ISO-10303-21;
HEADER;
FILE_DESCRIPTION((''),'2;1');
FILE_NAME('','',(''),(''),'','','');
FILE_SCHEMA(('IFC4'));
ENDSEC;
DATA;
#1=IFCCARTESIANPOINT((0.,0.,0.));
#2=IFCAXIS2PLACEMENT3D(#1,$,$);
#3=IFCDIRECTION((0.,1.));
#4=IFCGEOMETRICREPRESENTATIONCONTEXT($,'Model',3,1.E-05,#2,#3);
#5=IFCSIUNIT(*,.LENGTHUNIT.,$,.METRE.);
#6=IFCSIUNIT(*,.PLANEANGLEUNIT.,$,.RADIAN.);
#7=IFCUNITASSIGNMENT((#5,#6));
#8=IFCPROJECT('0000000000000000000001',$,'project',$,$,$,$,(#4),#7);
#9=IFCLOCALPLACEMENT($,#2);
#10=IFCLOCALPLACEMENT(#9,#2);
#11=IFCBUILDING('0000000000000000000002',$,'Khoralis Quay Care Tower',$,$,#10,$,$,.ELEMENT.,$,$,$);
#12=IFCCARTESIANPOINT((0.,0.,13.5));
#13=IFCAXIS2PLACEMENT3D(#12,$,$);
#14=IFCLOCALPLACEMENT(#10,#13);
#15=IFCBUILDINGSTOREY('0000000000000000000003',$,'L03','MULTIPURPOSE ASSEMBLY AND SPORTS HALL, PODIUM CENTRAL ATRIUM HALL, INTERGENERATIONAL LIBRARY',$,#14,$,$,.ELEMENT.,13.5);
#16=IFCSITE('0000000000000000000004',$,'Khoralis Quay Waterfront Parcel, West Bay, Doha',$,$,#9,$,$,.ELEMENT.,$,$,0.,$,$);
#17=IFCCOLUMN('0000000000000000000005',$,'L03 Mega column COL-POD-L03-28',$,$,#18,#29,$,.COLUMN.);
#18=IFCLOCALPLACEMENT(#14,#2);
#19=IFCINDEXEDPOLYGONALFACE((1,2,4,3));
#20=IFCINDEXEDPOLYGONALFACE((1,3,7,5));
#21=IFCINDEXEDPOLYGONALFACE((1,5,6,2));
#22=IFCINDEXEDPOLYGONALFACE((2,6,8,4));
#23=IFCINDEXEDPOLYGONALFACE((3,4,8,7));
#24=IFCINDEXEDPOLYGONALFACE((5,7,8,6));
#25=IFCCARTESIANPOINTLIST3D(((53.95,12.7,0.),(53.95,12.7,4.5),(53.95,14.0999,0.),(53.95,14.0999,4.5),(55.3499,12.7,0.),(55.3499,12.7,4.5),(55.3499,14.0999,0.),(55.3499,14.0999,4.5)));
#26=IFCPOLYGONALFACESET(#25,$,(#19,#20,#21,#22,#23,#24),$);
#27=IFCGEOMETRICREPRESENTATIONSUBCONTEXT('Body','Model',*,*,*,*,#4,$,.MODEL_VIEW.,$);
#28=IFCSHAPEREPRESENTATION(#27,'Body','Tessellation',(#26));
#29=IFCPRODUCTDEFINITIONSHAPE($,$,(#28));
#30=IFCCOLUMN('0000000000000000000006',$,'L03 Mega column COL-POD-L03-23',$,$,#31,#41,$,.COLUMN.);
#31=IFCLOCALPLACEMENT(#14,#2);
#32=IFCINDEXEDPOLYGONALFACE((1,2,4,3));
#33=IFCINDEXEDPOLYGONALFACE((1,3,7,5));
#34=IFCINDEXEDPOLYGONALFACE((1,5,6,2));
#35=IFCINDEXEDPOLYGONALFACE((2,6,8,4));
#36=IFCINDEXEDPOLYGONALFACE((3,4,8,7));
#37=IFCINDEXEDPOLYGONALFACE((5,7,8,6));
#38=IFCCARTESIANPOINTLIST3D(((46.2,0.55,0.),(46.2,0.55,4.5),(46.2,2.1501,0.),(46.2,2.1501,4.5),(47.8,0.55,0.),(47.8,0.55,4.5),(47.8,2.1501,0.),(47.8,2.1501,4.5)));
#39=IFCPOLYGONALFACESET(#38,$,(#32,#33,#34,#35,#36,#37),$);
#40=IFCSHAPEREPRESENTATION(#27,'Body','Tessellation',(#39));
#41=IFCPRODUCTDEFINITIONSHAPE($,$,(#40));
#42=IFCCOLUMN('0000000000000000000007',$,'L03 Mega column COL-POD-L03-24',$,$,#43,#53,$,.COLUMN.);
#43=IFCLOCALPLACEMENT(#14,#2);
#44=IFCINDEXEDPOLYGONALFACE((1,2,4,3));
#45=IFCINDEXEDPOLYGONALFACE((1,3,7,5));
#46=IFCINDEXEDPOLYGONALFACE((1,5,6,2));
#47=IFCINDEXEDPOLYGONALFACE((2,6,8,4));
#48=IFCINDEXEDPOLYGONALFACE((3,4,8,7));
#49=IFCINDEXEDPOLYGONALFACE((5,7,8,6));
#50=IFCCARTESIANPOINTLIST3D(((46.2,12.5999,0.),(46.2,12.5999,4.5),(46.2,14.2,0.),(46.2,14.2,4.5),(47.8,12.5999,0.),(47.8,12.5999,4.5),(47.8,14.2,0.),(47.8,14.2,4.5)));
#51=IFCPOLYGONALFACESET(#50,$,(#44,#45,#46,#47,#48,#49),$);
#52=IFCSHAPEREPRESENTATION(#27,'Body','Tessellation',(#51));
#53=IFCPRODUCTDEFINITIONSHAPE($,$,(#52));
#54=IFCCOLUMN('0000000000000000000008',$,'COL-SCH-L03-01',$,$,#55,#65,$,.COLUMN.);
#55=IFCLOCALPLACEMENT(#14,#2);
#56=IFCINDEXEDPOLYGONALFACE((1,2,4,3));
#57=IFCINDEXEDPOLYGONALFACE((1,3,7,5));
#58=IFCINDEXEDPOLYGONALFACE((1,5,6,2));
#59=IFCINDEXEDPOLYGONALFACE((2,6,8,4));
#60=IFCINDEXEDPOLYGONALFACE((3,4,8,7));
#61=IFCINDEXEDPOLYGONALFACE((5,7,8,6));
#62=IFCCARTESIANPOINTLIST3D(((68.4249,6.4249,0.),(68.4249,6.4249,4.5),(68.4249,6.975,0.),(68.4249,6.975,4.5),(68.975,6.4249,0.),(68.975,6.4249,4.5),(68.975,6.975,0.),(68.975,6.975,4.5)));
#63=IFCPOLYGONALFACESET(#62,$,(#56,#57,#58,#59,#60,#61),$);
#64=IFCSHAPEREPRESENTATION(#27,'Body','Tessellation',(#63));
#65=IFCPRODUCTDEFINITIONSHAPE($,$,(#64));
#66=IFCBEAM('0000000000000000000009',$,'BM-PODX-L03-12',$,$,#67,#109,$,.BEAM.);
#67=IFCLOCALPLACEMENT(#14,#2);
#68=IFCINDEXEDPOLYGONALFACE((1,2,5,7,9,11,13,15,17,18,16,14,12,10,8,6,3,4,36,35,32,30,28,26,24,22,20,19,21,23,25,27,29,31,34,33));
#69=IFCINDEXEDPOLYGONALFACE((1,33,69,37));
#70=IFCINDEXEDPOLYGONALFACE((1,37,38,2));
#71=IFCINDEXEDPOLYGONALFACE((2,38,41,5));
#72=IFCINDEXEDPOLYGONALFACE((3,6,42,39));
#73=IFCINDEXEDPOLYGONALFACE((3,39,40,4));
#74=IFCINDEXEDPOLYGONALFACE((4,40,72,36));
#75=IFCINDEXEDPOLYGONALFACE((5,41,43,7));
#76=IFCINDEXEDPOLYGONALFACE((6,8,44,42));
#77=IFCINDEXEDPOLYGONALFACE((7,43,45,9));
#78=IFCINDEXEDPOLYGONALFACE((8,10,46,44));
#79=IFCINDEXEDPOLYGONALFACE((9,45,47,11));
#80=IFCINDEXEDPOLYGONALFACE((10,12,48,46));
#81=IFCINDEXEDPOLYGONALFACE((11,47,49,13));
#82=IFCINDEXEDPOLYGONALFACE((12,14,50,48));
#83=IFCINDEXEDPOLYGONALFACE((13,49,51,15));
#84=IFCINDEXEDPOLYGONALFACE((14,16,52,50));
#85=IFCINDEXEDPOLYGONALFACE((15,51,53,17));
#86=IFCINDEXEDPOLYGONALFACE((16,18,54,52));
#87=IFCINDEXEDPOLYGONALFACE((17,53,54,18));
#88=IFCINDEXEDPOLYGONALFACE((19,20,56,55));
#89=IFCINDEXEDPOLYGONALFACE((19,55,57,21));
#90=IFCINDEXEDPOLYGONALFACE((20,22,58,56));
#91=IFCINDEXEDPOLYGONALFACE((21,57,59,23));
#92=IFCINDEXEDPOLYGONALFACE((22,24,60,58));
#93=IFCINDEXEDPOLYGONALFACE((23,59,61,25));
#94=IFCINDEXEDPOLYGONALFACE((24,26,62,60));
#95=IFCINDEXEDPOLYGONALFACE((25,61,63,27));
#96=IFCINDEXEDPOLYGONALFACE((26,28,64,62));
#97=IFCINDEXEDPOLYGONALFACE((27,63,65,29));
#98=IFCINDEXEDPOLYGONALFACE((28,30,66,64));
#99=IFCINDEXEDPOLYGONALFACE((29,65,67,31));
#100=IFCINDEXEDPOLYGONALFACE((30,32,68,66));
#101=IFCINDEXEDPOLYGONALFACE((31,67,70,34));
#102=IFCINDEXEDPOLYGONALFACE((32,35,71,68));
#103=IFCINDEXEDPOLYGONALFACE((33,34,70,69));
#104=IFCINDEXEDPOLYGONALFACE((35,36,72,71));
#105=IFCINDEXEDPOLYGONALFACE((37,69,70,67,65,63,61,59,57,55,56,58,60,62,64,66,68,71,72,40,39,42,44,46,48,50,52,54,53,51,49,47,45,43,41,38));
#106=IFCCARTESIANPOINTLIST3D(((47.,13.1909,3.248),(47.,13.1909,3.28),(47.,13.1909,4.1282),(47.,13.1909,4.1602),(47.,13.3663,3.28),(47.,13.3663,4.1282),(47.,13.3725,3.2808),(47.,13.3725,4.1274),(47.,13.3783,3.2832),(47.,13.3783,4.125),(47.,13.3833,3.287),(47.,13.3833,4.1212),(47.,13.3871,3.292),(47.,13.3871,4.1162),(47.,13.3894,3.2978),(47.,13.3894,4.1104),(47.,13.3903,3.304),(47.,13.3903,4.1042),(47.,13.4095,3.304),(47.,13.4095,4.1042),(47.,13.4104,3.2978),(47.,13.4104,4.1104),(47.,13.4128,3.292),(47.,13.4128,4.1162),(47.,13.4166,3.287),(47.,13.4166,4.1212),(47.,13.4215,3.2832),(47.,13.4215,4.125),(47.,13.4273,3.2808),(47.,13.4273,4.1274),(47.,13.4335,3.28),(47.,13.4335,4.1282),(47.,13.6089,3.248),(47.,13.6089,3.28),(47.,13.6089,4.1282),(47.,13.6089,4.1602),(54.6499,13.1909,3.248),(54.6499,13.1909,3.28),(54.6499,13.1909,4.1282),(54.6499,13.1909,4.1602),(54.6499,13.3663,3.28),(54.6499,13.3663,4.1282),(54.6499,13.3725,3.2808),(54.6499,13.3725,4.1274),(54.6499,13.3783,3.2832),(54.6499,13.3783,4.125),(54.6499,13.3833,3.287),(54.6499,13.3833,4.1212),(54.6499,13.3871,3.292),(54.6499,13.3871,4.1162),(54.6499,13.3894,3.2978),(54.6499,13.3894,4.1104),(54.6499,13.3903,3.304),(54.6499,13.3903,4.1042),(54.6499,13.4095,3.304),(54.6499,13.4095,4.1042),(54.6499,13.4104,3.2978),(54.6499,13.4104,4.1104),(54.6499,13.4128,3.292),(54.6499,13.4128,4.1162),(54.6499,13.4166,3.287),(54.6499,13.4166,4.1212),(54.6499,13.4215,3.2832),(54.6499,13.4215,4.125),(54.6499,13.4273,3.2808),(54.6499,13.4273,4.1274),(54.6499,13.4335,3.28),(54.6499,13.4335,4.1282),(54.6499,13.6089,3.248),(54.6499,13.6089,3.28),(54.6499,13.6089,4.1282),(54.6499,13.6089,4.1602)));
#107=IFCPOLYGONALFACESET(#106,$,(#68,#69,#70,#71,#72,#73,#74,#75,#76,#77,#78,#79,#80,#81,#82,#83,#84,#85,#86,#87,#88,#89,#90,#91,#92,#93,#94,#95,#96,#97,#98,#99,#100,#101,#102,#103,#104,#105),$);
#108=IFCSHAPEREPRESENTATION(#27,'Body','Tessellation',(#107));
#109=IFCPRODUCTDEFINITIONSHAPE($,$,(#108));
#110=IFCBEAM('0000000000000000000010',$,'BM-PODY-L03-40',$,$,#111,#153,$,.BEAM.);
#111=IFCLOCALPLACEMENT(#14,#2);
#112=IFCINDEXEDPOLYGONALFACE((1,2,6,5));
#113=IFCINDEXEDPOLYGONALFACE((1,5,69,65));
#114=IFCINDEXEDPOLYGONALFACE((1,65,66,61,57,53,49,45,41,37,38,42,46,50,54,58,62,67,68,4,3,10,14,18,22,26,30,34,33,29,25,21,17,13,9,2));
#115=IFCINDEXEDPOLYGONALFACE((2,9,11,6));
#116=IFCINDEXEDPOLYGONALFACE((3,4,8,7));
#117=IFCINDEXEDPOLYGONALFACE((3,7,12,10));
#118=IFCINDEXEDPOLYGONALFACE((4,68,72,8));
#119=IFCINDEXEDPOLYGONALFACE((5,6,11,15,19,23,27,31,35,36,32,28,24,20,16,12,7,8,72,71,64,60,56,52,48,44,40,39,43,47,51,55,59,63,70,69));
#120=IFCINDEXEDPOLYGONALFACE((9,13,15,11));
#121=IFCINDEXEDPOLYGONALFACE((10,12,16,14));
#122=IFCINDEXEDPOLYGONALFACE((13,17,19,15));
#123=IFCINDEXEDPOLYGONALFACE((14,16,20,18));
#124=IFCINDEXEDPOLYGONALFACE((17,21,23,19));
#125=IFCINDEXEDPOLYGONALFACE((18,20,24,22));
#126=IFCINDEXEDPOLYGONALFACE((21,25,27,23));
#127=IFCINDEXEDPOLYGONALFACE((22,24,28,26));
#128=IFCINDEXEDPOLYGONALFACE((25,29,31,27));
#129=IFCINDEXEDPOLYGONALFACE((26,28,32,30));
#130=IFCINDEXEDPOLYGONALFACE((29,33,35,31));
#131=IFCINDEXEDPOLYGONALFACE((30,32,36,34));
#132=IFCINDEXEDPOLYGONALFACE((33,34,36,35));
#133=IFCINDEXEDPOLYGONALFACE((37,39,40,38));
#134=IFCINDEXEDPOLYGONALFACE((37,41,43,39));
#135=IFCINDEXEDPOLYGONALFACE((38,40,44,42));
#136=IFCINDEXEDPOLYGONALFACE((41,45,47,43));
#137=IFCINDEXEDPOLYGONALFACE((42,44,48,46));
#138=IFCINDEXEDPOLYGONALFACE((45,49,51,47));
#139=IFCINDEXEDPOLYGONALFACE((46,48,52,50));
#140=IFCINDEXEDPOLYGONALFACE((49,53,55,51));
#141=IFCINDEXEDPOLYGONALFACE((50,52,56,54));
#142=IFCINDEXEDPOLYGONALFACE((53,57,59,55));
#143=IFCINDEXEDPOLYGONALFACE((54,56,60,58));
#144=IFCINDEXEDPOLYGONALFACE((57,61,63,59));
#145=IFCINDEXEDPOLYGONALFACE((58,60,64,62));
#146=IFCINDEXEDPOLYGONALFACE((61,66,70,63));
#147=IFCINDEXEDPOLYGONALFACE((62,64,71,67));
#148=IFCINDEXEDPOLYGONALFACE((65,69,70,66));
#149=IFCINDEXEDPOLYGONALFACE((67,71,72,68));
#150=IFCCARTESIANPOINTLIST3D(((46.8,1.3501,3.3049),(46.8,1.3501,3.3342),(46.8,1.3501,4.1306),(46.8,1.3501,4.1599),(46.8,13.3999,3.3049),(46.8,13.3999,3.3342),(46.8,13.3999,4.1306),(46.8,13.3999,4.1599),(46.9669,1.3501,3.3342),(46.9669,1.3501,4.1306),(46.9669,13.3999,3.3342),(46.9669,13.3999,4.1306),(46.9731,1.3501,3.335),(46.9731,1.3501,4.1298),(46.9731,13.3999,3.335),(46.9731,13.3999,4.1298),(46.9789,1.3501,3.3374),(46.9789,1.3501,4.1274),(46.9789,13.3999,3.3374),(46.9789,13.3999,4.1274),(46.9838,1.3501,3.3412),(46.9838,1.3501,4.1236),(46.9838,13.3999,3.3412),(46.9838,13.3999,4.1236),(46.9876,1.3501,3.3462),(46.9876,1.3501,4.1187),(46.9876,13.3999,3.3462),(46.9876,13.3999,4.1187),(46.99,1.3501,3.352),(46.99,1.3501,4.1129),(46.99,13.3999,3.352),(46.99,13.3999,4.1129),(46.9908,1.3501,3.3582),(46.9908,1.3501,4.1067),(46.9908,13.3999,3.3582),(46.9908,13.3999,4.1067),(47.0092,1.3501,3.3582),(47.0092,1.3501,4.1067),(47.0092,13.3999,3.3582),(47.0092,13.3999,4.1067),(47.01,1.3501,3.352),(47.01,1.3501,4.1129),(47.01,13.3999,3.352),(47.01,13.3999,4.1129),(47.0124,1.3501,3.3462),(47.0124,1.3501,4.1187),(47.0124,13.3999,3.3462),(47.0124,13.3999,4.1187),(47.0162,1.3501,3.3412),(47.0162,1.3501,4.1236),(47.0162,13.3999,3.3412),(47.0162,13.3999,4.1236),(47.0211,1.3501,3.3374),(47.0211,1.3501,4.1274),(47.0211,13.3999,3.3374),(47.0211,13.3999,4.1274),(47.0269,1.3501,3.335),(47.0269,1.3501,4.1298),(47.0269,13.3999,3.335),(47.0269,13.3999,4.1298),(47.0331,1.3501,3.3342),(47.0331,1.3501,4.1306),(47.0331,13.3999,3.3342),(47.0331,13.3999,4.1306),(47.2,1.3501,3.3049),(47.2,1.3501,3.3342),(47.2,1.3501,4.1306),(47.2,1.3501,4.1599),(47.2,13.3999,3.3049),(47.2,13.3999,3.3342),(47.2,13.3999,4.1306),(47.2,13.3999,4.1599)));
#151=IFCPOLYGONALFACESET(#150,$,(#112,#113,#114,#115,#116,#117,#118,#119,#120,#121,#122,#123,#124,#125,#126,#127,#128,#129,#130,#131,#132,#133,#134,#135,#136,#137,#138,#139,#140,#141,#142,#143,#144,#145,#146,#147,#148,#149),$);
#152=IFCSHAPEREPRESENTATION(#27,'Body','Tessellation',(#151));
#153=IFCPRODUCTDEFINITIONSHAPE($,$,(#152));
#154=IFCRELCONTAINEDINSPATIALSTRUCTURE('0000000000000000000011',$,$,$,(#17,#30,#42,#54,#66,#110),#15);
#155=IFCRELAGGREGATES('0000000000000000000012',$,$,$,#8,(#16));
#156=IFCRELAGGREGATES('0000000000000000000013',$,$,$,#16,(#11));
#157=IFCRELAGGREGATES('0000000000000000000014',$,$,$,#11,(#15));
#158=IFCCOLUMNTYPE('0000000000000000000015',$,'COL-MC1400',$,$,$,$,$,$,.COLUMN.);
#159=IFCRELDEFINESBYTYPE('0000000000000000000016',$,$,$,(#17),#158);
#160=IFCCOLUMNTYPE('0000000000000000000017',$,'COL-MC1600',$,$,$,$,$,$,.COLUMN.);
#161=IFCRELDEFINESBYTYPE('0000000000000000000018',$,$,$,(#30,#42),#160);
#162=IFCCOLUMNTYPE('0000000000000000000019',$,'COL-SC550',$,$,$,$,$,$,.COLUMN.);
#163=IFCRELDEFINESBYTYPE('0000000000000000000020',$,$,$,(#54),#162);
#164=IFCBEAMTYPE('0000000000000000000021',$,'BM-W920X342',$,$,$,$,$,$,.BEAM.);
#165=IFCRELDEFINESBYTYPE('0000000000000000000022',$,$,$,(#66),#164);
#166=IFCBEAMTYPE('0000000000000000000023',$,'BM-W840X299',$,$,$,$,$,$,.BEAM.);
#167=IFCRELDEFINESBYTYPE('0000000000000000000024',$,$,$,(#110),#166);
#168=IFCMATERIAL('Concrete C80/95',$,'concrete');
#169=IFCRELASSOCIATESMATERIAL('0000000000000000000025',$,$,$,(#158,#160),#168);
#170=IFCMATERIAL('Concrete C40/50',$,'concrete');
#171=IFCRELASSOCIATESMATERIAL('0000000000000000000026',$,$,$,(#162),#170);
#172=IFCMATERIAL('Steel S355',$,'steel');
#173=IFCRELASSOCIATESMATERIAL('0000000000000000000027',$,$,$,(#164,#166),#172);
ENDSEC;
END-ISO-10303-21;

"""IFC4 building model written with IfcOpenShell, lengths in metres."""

from ifc_helpers import new_model, si_unit, direction, frame, origin, origin_2d, place, context, subcontext, project, spatial, rectangle, i_section, extrude, source, transform, mapped, material, material_profile, profile_set, type_object, element, save


model = new_model("IFC4")

# Units and contexts
model_context = context("Model", 3, precision=1e-05, world=origin(), true_north=direction((0.0, 1.0)))
body_context = subcontext(model_context, "Body", "Model", "MODEL_VIEW")
ifc_project = project(units=[si_unit("LENGTHUNIT", "METRE"), si_unit("PLANEANGLEUNIT", "RADIAN")], contexts=[model_context])

# Site, building, storey
site_placement = place(None, origin())
site = spatial("IfcSite", under=ifc_project, at=site_placement, Name="Khoralis Quay Waterfront Parcel, West Bay, Doha", CompositionType="ELEMENT", RefElevation=0.0)
building_placement = place(site_placement, origin())
building = spatial("IfcBuilding", under=site, at=building_placement, Name="Khoralis Quay Care Tower", CompositionType="ELEMENT")
storey_placement = place(building_placement, frame((0.0, 0.0, 13.5)))
storey = spatial("IfcBuildingStorey", under=building, at=storey_placement, Name="L03", Description="MULTIPURPOSE ASSEMBLY AND SPORTS HALL, PODIUM CENTRAL ATRIUM HALL, INTERGENERATIONAL LIBRARY", CompositionType="ELEMENT", Elevation=13.5)

# Columns
ifc_material_1 = material(Name="Concrete C80/95", Category="concrete")
ifc_material_profile_1 = material_profile(ifc_material_1, rectangle(XDim=1.3999, YDim=1.3999, at=origin_2d()), Name="Concrete C80/95")
ifc_profile_set_1 = profile_set([ifc_material_profile_1], Name="Concrete C80/95")
column_type_1 = type_object("IfcColumnType", Name="COL-MC1400", PredefinedType="COLUMN", material=ifc_profile_set_1)
shared_shape_1 = source(origin(), body_context, "Body", "SweptSolid", [
    extrude(rectangle(XDim=1.3999, YDim=1.3999, at=origin_2d()), origin(), (0.0, 0.0, 1.0), 4.5),
])
column_1_placement = place(storey_placement, frame((54.6499, 13.3999, 0.0), z_axis=(0.0, 0.0, 1.0), x_axis=(1.0, 0.0, 0.0)))
element("IfcColumn", 1, at=column_1_placement, inside=storey, type_object=column_type_1, Name="L03 Mega column COL-POD-L03-28", PredefinedType="COLUMN", context=body_context, shape_type="MappedRepresentation", body=[
    mapped(shared_shape_1, transform((0.0, 0.0, 0.0), scale=1.0)),
])
ifc_material_profile_2 = material_profile(ifc_material_1, rectangle(XDim=1.6001, YDim=1.6001, at=origin_2d()), Name="Concrete C80/95")
ifc_profile_set_2 = profile_set([ifc_material_profile_2], Name="Concrete C80/95")
column_type_2 = type_object("IfcColumnType", Name="COL-MC1600", PredefinedType="COLUMN", material=ifc_profile_set_2)
shared_shape_2 = source(origin(), body_context, "Body", "SweptSolid", [
    extrude(rectangle(XDim=1.6001, YDim=1.6001, at=origin_2d()), origin(), (0.0, 0.0, 1.0), 4.5),
])
for number, where, z_axis, x_axis, name in (
    (2, (47.0, 1.3501, 0.0), (0.0, 0.0, 1.0), (1.0, 0.0, 0.0), "L03 Mega column COL-POD-L03-23"),
    (3, (47.0, 13.3999, 0.0), (0.0, 0.0, 1.0), (1.0, 0.0, 0.0), "L03 Mega column COL-POD-L03-24"),
):
    element("IfcColumn", number, at=place(storey_placement, frame(where, z_axis=z_axis, x_axis=x_axis)), inside=storey, type_object=column_type_2, Name=name, PredefinedType="COLUMN", context=body_context, shape_type="MappedRepresentation", body=[
        mapped(shared_shape_2, transform((0.0, 0.0, 0.0), scale=1.0)),
    ])
ifc_material_2 = material(Name="Concrete C40/50", Category="concrete")
ifc_material_profile_3 = material_profile(ifc_material_2, rectangle(XDim=0.55, YDim=0.55, at=origin_2d()), Name="Concrete C40/50")
ifc_profile_set_3 = profile_set([ifc_material_profile_3], Name="Concrete C40/50")
column_type_3 = type_object("IfcColumnType", Name="COL-SC550", PredefinedType="COLUMN", material=ifc_profile_set_3)
shared_shape_3 = source(origin(), body_context, "Body", "SweptSolid", [
    extrude(rectangle(XDim=0.55, YDim=0.55, at=origin_2d()), origin(), (0.0, 0.0, 1.0), 4.5),
])
column_2_placement = place(storey_placement, frame((68.7, 6.7, 0.0), z_axis=(0.0, 0.0, 1.0), x_axis=(1.0, 0.0, 0.0)))
element("IfcColumn", 4, at=column_2_placement, inside=storey, type_object=column_type_3, Name="COL-SCH-L03-01", PredefinedType="COLUMN", context=body_context, shape_type="MappedRepresentation", body=[
    mapped(shared_shape_3, transform((0.0, 0.0, 0.0), scale=1.0)),
])

# Beams
ifc_material_3 = material(Name="Steel S355", Category="steel")
ifc_material_profile_4 = material_profile(ifc_material_3, i_section(OverallWidth=0.418, OverallDepth=0.9121, WebThickness=0.0193, FlangeThickness=0.032, FilletRadius=0.0239, at=origin_2d()), Name="Steel S355")
ifc_profile_set_4 = profile_set([ifc_material_profile_4], Name="Steel S355")
beam_type_1 = type_object("IfcBeamType", Name="BM-W920X342", PredefinedType="BEAM", material=ifc_profile_set_4)
shared_shape_4 = source(origin(), body_context, "Body", "SweptSolid", [
    extrude(i_section(OverallWidth=0.418, OverallDepth=0.9121, WebThickness=0.0193, FlangeThickness=0.032, FilletRadius=0.0239, at=origin_2d()), origin(), (0.0, 0.0, 1.0), 7.6499),
])
beam_1_placement = place(storey_placement, frame((47.0, 13.3999, 3.7041), z_axis=(1.0, 0.0, 0.0), x_axis=(0.0, 1.0, 0.0)))
element("IfcBeam", 5, at=beam_1_placement, inside=storey, type_object=beam_type_1, Name="BM-PODX-L03-12", PredefinedType="BEAM", context=body_context, shape_type="MappedRepresentation", body=[
    mapped(shared_shape_4, transform((0.0, 0.0, 0.0), scale=1.0)),
])
ifc_material_profile_5 = material_profile(ifc_material_3, i_section(OverallWidth=0.3999, OverallDepth=0.855, WebThickness=0.0183, FlangeThickness=0.0293, FilletRadius=0.0239, at=origin_2d()), Name="Steel S355")
ifc_profile_set_5 = profile_set([ifc_material_profile_5], Name="Steel S355")
beam_type_2 = type_object("IfcBeamType", Name="BM-W840X299", PredefinedType="BEAM", material=ifc_profile_set_5)
shared_shape_5 = source(origin(), body_context, "Body", "SweptSolid", [
    extrude(i_section(OverallWidth=0.3999, OverallDepth=0.855, WebThickness=0.0183, FlangeThickness=0.0293, FilletRadius=0.0239, at=origin_2d()), origin(), (0.0, 0.0, 1.0), 12.0498),
])
beam_2_placement = place(storey_placement, frame((47.0, 1.3501, 3.7324), z_axis=(0.0, 1.0, 0.0), x_axis=(-1.0, 0.0, 0.0)))
element("IfcBeam", 6, at=beam_2_placement, inside=storey, type_object=beam_type_2, Name="BM-PODY-L03-40", PredefinedType="BEAM", context=body_context, shape_type="MappedRepresentation", body=[
    mapped(shared_shape_5, transform((0.0, 0.0, 0.0), scale=1.0)),
])

save(model, "model.ifc")
